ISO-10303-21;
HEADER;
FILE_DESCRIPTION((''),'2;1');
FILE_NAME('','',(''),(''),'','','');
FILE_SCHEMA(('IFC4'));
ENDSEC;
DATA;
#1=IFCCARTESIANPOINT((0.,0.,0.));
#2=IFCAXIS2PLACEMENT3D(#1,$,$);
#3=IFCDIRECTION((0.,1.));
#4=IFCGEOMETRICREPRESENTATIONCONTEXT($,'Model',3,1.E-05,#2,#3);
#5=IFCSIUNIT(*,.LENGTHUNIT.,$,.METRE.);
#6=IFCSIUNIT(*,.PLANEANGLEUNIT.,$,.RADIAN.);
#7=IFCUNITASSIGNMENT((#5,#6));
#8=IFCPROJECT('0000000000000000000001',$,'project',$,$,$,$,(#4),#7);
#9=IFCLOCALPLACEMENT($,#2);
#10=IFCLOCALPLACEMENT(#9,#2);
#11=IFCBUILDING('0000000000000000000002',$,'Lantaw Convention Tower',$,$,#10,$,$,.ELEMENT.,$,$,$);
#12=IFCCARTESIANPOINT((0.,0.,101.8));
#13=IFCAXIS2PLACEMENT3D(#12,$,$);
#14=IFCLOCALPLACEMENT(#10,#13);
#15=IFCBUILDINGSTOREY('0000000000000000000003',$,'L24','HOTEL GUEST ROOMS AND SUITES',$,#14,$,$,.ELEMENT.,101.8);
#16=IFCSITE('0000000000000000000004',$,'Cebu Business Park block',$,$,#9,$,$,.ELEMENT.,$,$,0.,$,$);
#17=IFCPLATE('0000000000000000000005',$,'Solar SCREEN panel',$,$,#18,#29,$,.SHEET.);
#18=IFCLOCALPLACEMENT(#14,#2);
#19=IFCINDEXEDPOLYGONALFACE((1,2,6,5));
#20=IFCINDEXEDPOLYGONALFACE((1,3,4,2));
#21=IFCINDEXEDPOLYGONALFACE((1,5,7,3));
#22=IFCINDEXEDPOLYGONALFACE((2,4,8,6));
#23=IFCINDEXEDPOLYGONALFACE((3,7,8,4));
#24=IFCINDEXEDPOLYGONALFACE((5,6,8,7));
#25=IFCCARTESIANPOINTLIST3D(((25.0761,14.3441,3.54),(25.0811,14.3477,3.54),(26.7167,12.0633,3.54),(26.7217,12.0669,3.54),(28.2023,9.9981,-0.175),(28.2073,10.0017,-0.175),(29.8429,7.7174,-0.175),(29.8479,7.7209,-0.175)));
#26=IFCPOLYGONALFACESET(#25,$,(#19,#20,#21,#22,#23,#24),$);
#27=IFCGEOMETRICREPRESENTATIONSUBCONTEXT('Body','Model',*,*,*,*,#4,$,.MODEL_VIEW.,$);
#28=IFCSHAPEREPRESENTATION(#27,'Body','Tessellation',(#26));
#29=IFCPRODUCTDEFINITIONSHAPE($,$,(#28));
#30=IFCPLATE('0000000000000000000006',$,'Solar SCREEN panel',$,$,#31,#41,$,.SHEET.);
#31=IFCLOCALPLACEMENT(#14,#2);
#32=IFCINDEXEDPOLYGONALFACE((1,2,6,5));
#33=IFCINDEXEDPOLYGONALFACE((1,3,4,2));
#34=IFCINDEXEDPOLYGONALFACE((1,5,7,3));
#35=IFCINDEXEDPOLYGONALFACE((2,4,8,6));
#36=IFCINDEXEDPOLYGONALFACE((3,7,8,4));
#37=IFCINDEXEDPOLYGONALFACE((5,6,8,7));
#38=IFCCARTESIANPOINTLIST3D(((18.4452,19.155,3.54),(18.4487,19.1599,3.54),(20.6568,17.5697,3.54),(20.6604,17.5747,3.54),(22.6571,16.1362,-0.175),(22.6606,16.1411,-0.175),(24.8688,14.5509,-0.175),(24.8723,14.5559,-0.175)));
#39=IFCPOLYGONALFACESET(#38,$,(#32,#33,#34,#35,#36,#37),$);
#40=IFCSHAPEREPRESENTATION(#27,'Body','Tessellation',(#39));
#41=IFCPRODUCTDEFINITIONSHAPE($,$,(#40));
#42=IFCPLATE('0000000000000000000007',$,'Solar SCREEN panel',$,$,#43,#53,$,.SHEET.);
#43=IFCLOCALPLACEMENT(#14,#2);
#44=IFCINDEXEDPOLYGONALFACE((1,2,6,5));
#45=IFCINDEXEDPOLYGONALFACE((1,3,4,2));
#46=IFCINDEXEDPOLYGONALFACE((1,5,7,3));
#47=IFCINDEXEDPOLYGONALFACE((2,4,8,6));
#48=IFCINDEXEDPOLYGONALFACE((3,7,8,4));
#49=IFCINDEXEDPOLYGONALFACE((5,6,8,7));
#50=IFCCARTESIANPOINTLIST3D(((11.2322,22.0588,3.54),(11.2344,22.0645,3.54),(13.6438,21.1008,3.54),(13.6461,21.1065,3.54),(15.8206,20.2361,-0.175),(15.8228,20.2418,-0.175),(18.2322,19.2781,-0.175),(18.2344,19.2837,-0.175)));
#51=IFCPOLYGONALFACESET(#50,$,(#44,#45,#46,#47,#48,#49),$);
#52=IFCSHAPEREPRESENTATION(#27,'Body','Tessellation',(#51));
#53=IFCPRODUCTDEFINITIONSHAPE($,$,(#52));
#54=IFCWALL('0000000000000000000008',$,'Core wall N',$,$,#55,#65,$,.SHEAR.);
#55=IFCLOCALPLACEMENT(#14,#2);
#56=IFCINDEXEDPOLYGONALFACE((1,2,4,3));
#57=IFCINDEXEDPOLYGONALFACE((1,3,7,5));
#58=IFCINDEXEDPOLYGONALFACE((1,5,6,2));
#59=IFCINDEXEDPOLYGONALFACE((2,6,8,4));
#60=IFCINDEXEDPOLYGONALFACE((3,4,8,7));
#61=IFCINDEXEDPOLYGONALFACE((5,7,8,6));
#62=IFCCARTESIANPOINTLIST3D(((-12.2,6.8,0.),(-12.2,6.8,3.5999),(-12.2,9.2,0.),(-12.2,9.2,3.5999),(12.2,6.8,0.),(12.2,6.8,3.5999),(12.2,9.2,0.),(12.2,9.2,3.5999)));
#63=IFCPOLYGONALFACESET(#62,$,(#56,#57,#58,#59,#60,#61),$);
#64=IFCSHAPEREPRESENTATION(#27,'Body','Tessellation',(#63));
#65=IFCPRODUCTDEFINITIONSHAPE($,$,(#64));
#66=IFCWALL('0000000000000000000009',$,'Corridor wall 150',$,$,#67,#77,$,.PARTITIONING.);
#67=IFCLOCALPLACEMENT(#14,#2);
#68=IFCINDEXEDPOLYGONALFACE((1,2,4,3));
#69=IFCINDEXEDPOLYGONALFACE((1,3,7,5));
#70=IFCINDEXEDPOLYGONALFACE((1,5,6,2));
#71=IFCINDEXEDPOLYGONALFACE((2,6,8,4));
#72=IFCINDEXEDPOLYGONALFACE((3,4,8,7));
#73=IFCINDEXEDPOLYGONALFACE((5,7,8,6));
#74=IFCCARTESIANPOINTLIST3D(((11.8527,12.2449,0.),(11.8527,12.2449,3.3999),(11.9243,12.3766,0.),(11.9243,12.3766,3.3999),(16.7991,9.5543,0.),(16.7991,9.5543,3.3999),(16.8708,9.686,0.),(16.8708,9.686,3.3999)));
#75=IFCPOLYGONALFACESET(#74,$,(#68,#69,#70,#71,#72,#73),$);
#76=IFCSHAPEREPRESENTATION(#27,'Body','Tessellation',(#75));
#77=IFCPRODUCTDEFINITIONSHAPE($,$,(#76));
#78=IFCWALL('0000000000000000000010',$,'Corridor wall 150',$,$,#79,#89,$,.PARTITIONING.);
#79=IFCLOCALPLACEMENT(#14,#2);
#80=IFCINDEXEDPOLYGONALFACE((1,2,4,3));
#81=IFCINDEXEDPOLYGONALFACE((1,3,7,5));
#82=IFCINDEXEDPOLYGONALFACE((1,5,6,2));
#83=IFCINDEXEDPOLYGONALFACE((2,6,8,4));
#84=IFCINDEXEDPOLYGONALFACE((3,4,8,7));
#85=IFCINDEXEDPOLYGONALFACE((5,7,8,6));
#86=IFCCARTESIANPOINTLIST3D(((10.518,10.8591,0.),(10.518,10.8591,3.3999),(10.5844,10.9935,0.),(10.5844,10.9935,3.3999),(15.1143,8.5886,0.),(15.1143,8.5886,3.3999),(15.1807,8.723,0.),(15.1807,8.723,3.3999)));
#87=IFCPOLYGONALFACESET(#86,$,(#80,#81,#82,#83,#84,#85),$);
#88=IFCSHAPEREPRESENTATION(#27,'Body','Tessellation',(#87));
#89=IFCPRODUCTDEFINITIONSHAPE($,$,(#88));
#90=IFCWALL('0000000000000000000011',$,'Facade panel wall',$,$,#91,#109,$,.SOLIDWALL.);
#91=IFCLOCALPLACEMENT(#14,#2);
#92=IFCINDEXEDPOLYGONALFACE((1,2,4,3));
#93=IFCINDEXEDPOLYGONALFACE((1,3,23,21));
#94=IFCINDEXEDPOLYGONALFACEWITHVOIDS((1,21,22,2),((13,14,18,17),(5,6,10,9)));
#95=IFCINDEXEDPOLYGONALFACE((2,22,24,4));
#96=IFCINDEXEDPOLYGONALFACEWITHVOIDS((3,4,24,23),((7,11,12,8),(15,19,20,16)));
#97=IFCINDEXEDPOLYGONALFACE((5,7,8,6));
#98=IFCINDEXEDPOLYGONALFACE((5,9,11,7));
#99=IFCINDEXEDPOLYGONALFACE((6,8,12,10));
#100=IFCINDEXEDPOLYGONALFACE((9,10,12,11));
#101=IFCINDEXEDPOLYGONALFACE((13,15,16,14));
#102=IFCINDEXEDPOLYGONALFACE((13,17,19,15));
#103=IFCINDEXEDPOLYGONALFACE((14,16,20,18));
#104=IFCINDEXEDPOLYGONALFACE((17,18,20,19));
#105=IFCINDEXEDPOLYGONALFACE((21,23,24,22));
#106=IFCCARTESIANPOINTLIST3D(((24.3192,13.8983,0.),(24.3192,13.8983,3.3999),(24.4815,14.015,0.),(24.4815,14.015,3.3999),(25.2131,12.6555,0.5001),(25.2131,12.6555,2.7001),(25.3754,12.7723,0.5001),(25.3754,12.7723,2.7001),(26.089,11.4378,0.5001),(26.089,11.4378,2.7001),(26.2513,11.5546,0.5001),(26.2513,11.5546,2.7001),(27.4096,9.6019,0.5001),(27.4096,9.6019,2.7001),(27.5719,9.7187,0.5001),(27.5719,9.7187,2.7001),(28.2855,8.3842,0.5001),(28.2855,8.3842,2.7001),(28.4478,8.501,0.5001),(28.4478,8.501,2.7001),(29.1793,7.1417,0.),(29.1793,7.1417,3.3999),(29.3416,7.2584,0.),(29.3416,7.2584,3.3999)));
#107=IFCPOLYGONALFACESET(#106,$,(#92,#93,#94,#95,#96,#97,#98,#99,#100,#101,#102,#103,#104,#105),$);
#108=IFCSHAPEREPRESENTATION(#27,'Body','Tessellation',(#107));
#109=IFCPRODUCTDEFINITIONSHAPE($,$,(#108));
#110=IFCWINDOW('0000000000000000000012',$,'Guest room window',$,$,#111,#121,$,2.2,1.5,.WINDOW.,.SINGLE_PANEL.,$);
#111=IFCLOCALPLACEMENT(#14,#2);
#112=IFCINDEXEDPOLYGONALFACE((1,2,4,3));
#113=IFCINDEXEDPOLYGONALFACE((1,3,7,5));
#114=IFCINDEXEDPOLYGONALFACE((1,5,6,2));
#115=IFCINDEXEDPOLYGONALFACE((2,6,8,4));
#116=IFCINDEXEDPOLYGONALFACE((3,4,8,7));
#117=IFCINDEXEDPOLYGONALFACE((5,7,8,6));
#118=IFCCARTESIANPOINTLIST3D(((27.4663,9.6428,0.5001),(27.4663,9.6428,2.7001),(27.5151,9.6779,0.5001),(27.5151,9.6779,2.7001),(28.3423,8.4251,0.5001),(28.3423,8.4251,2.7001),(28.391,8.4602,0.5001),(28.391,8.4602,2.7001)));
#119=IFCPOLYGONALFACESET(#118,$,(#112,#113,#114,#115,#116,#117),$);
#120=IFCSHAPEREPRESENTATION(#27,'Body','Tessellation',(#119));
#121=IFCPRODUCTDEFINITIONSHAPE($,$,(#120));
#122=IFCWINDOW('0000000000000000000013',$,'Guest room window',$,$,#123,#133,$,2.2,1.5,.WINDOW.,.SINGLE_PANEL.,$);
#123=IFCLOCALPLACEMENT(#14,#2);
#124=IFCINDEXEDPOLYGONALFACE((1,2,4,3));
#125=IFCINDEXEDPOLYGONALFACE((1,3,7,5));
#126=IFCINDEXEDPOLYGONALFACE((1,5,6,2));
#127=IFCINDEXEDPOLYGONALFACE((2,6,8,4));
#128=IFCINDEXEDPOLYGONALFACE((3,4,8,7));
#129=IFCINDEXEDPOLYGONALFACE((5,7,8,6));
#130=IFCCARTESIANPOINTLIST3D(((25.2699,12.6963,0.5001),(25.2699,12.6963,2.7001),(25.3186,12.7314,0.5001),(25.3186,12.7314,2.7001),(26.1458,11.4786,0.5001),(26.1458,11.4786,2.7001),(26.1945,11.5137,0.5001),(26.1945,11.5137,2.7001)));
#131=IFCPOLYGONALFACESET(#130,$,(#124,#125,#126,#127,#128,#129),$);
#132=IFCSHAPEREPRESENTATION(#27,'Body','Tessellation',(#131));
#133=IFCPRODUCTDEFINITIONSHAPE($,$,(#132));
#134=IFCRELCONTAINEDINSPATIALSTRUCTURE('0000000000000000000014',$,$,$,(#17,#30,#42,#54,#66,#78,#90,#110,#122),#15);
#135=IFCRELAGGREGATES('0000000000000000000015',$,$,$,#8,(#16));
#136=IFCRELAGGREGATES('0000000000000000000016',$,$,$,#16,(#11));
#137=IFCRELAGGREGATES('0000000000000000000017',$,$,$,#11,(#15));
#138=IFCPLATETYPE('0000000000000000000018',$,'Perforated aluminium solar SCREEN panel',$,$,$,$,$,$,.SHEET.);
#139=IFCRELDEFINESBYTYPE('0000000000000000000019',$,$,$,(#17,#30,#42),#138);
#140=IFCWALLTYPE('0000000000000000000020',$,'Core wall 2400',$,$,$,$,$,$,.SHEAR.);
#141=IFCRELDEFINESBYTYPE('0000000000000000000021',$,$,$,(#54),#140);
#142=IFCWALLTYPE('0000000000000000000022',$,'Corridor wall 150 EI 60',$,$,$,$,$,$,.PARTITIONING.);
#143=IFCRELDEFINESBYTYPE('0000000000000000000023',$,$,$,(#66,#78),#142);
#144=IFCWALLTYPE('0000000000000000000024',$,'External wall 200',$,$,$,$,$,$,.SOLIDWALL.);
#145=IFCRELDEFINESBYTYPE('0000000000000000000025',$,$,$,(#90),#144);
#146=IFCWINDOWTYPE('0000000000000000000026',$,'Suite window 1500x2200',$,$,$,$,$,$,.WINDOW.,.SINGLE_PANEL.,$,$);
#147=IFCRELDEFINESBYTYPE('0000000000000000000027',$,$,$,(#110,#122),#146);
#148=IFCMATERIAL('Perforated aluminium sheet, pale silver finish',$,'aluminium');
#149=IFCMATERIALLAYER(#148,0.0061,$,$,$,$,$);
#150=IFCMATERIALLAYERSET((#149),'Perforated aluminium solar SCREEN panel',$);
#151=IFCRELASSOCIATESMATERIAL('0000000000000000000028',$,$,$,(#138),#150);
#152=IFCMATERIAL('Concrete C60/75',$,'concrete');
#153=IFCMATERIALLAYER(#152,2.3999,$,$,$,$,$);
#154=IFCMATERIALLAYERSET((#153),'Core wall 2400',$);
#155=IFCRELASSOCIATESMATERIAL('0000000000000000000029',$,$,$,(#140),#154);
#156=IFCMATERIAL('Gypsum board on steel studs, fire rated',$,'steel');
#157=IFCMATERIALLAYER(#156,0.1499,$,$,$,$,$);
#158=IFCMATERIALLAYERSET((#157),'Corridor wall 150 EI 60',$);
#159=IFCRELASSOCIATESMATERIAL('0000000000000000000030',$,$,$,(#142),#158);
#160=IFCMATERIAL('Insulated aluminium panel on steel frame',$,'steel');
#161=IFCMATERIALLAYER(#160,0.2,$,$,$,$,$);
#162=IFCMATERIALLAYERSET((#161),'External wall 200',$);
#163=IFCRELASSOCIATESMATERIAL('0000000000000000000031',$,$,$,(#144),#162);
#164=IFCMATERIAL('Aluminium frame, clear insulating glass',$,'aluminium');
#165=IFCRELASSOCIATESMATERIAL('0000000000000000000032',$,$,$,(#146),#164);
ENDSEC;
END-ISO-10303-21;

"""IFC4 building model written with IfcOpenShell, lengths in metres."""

from ifc_helpers import new_model, si_unit, direction, frame, frame_2d, origin, place, context, subcontext, project, spatial, polyline, rectangle, outline, extrude, material, layer, layer_set, type_object, element, fill, save


model = new_model("IFC4")

# Units and contexts
model_context = context("Model", 3, precision=1e-05, world=origin(), true_north=direction((0.0, 1.0)))
body_context = subcontext(model_context, "Body", "Model", "MODEL_VIEW")
ifc_project = project(units=[si_unit("LENGTHUNIT", "METRE"), si_unit("PLANEANGLEUNIT", "RADIAN")], contexts=[model_context])

# Site, building, storey
site_placement = place(None, origin())
site = spatial("IfcSite", under=ifc_project, at=site_placement, Name="Cebu Business Park block", CompositionType="ELEMENT", RefElevation=0.0)
building_placement = place(site_placement, origin())
building = spatial("IfcBuilding", under=site, at=building_placement, Name="Lantaw Convention Tower", CompositionType="ELEMENT")
storey_placement = place(building_placement, frame((0.0, 0.0, 101.8)))
storey = spatial("IfcBuildingStorey", under=building, at=storey_placement, Name="L24", Description="HOTEL GUEST ROOMS AND SUITES", CompositionType="ELEMENT", Elevation=101.8)

# Shared definitions
ifc_material_1 = material(Name="Concrete C60/75", Category="concrete")

# Plates
ifc_material_2 = material(Name="Perforated aluminium sheet, pale silver finish", Category="aluminium")
ifc_layer_1 = layer(ifc_material_2, 0.0061)
ifc_layer_set_1 = layer_set([ifc_layer_1], Name="Perforated aluminium solar SCREEN panel")
plate_type = type_object("IfcPlateType", Name="Perforated aluminium solar SCREEN panel", PredefinedType="SHEET", material=ifc_layer_set_1)
plate_1_placement = place(storey_placement, frame((29.8479, 7.7209, -0.175), z_axis=(0.811791, 0.583948, 0.000009), x_axis=(-0.583948, 0.811791, 0.0)))
element("IfcPlate", 1, at=plate_1_placement, inside=storey, type_object=plate_type, Name="Solar SCREEN panel", PredefinedType="SHEET", context=body_context, shape_type="SweptSolid", body=[
    extrude(outline(polyline([(0.0, 0.0), (2.8095, 0.0), (8.1631, 3.7151), (5.3536, 3.7151), (0.0, 0.0)])), origin(), (0.0, 0.0, -1.0), 0.0061),
])
plate_2_placement = place(storey_placement, frame((24.8723, 14.5559, -0.175), z_axis=(0.582561, 0.812787, 0.000016), x_axis=(-0.812787, 0.582561, 0.0)))
element("IfcPlate", 2, at=plate_2_placement, inside=storey, type_object=plate_type, Name="Solar SCREEN panel", PredefinedType="SHEET", context=body_context, shape_type="SweptSolid", body=[
    extrude(outline(polyline([(0.0, 0.0), (2.7211, 0.0), (7.9031, 3.7151), (5.182, 3.7151), (0.0, 0.0)])), origin(), (0.0, 0.0, -1.0), 0.0061),
])
plate_3_placement = place(storey_placement, frame((18.2322, 19.2781, -0.175), z_axis=(-0.369184, -0.929357, 0.000009), x_axis=(-0.929357, 0.369184, 0.0)))
element("IfcPlate", 3, at=plate_3_placement, inside=storey, type_object=plate_type, Name="Solar SCREEN panel", PredefinedType="SHEET", context=body_context, shape_type="SweptSolid", body=[
    extrude(outline(polyline([(0.0, 0.0), (2.5949, 0.0), (7.5321, -3.7151), (4.9372, -3.7151), (0.0, 0.0)])), origin(), (0.0, 0.0, -1.0), 0.0061),
])

# Walls
ifc_layer_2 = layer(ifc_material_1, 2.3999)
ifc_layer_set_2 = layer_set([ifc_layer_2], Name="Core wall 2400")
wall_type_1 = type_object("IfcWallType", Name="Core wall 2400", PredefinedType="SHEAR", material=ifc_layer_set_2)
wall_1_placement = place(storey_placement, frame((12.2, 8.0, 0.0), z_axis=(0.0, 0.0, 1.0), x_axis=(-1.0, 0.0, 0.0)))
element("IfcWall", 4, at=wall_1_placement, inside=storey, type_object=wall_type_1, Name="Core wall N", PredefinedType="SHEAR", context=body_context, shape_type="SweptSolid", body=[
    extrude(rectangle(XDim=24.3999, YDim=2.3999, at=frame_2d((12.2, 0.0))), origin(), (0.0, 0.0, 1.0), 3.5999),
])
ifc_material_3 = material(Name="Gypsum board on steel studs, fire rated", Category="steel")
ifc_layer_3 = layer(ifc_material_3, 0.1499)
ifc_layer_set_3 = layer_set([ifc_layer_3], Name="Corridor wall 150 EI 60")
wall_type_2 = type_object("IfcWallType", Name="Corridor wall 150 EI 60", PredefinedType="PARTITIONING", material=ifc_layer_set_3)
wall_2_placement = place(storey_placement, frame((16.835, 9.6201, 0.0), z_axis=(0.0, 0.0, 1.0), x_axis=(-0.87845, 0.477834, 0.0)))
element("IfcWall", 5, at=wall_2_placement, inside=storey, type_object=wall_type_2, Name="Corridor wall 150", PredefinedType="PARTITIONING", context=body_context, shape_type="SweptSolid", body=[
    extrude(rectangle(XDim=5.6309, YDim=0.1499, at=frame_2d((2.8154, 0.0))), origin(), (0.0, 0.0, 1.0), 3.3999),
])
wall_3_placement = place(storey_placement, frame((15.1475, 8.6558, 0.0), z_axis=(0.0, 0.0, 1.0), x_axis=(-0.896569, 0.442903, 0.0)))
element("IfcWall", 6, at=wall_3_placement, inside=storey, type_object=wall_type_2, Name="Corridor wall 150", PredefinedType="PARTITIONING", context=body_context, shape_type="SweptSolid", body=[
    extrude(rectangle(XDim=5.1265, YDim=0.1499, at=frame_2d((2.5632, 0.0))), origin(), (0.0, 0.0, 1.0), 3.3999),
])

# Wall, openings, windows
ifc_material_4 = material(Name="Insulated aluminium panel on steel frame", Category="steel")
ifc_layer_4 = layer(ifc_material_4, 0.2)
ifc_layer_set_4 = layer_set([ifc_layer_4], Name="External wall 200")
wall_type_3 = type_object("IfcWallType", Name="External wall 200", PredefinedType="SOLIDWALL", material=ifc_layer_set_4)
wall_4_placement = place(storey_placement, frame((29.2605, 7.2, 0.0), z_axis=(0.0, 0.0, 1.0), x_axis=(-0.583938, 0.811799, 0.0)))
wall_4 = element("IfcWall", 7, at=wall_4_placement, inside=storey, type_object=wall_type_3, Name="Facade panel wall", PredefinedType="SOLIDWALL", context=body_context, shape_type="SweptSolid", body=[
    extrude(rectangle(XDim=8.323, YDim=0.2, at=frame_2d((4.1616, 0.0))), origin(), (0.0, 0.0, 1.0), 3.3999),
])
opening_1_placement = place(wall_4_placement, frame((1.5308, 0.0, 0.5)))
opening_1 = element("IfcOpeningElement", 8, at=opening_1_placement, cuts=wall_4, PredefinedType="OPENING", context=body_context, shape_type="SweptSolid", body=[
    extrude(rectangle(XDim=1.5, YDim=2.2, at=frame_2d((0.75, 1.1001))), frame((0.0, 0.1099, 0.0), z_axis=(0.0, -1.0, 0.0), x_axis=(1.0, 0.0, 0.0)), (0.0, 0.0, 1.0), 0.22),
])
opening_2_placement = place(wall_4_placement, frame((5.2922, 0.0, 0.5)))
opening_2 = element("IfcOpeningElement", 9, at=opening_2_placement, cuts=wall_4, PredefinedType="OPENING", context=body_context, shape_type="SweptSolid", body=[
    extrude(rectangle(XDim=1.5, YDim=2.2, at=frame_2d((0.75, 1.1001))), frame((0.0, 0.1099, 0.0), z_axis=(0.0, -1.0, 0.0), x_axis=(1.0, 0.0, 0.0)), (0.0, 0.0, 1.0), 0.22),
])
ifc_material_5 = material(Name="Aluminium frame, clear insulating glass", Category="aluminium")
window_type = type_object("IfcWindowType", Name="Suite window 1500x2200", PartitioningType="SINGLE_PANEL", PredefinedType="WINDOW", material=ifc_material_5)
window_1_placement = place(opening_1_placement, origin())
window_1 = element("IfcWindow", 10, at=window_1_placement, inside=storey, type_object=window_type, Name="Guest room window", OverallHeight=2.2, OverallWidth=1.5, PartitioningType="SINGLE_PANEL", PredefinedType="WINDOW", context=body_context, shape_type="SweptSolid", body=[
    extrude(rectangle(XDim=1.5, YDim=2.2, at=frame_2d((0.75, 1.1001))), frame((0.0, 0.03, 0.0), z_axis=(0.0, -1.0, 0.0), x_axis=(1.0, 0.0, 0.0)), (0.0, 0.0, 1.0), 0.0601),
])
fill(opening_1, window_1)
window_2_placement = place(opening_2_placement, origin())
window_2 = element("IfcWindow", 11, at=window_2_placement, inside=storey, type_object=window_type, Name="Guest room window", OverallHeight=2.2, OverallWidth=1.5, PartitioningType="SINGLE_PANEL", PredefinedType="WINDOW", context=body_context, shape_type="SweptSolid", body=[
    extrude(rectangle(XDim=1.5, YDim=2.2, at=frame_2d((0.75, 1.1001))), frame((0.0, 0.03, 0.0), z_axis=(0.0, -1.0, 0.0), x_axis=(1.0, 0.0, 0.0)), (0.0, 0.0, 1.0), 0.0601),
])
fill(opening_2, window_2)

save(model, "model.ifc")
